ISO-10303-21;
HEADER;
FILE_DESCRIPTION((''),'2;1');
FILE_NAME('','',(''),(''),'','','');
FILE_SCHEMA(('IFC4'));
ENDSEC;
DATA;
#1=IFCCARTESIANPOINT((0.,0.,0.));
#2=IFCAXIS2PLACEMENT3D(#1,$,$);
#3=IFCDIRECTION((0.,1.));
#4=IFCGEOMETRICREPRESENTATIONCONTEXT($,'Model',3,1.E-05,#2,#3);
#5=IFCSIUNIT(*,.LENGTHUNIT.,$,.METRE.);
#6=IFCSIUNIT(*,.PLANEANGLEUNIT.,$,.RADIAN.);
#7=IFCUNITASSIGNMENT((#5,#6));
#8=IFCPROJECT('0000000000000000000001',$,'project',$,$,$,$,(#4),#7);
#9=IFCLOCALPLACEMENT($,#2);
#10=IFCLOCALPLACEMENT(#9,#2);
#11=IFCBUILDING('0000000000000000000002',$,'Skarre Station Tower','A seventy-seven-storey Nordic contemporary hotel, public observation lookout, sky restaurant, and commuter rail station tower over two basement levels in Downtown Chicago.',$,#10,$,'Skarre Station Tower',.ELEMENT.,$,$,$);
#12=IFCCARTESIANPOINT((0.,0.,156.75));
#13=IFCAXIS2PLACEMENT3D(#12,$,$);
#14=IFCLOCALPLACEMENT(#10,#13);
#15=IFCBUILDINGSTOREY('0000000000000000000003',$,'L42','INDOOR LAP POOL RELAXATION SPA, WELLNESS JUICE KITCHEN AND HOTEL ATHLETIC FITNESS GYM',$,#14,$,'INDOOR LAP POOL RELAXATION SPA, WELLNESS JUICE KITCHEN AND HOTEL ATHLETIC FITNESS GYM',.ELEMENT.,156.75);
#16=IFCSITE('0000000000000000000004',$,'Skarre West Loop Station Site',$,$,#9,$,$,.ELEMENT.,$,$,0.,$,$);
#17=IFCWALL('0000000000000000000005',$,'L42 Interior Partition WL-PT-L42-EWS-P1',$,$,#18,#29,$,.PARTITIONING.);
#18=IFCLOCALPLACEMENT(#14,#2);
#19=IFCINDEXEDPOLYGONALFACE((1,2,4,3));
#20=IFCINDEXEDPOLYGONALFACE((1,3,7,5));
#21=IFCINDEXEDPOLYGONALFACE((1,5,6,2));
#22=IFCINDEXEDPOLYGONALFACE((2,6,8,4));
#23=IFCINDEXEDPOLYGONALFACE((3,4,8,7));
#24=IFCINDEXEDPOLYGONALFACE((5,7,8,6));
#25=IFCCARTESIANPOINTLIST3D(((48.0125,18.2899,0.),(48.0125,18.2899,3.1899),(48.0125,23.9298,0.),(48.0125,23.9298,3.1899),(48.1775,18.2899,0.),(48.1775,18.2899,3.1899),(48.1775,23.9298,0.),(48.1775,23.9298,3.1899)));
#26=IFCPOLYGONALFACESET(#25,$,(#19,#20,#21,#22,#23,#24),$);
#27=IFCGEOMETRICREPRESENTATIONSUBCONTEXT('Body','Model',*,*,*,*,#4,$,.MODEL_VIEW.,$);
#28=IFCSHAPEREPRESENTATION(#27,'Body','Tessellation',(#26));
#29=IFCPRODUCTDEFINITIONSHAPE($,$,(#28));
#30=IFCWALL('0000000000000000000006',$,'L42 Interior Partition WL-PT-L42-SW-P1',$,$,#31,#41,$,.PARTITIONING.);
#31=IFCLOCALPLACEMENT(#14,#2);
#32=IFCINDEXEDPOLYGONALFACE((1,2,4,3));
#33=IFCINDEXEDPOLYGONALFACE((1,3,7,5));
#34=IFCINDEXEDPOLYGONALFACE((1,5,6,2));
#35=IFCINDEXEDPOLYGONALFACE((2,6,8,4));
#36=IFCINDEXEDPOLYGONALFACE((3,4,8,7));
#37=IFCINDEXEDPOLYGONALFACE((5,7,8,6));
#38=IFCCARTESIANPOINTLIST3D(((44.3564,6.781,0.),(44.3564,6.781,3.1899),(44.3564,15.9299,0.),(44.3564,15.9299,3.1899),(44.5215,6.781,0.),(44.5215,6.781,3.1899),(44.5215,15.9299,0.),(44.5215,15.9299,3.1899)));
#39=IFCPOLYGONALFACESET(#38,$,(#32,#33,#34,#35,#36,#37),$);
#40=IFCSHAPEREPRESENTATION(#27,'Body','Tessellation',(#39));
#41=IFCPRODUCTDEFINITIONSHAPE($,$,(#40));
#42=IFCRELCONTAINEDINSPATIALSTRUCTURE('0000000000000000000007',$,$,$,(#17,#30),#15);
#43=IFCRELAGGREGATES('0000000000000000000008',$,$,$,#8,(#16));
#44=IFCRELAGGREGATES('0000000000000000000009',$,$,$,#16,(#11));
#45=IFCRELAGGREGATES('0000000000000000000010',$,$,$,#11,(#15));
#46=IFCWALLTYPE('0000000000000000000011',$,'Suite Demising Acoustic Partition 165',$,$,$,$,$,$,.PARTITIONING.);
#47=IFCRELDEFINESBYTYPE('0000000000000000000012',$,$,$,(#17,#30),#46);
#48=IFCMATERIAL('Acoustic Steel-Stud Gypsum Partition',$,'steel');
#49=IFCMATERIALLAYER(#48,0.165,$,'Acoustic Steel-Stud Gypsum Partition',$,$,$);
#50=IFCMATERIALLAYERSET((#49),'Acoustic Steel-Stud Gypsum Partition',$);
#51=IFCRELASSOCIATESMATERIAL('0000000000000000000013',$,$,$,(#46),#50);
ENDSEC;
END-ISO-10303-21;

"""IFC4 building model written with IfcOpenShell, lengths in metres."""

from ifc_helpers import new_model, si_unit, direction, frame, frame_2d, origin, place, context, subcontext, project, spatial, rectangle, extrude, material, layer, layer_set, type_object, element, save


model = new_model("IFC4")

# Units and contexts
model_context = context("Model", 3, precision=1e-05, world=origin(), true_north=direction((0.0, 1.0)))
body_context = subcontext(model_context, "Body", "Model", "MODEL_VIEW")
ifc_project = project(units=[si_unit("LENGTHUNIT", "METRE"), si_unit("PLANEANGLEUNIT", "RADIAN")], contexts=[model_context])

# Site, building, storey
site_placement = place(None, origin())
site = spatial("IfcSite", under=ifc_project, at=site_placement, Name="Skarre West Loop Station Site", CompositionType="ELEMENT", RefElevation=0.0)
building_placement = place(site_placement, origin())
building = spatial("IfcBuilding", under=site, at=building_placement, Name="Skarre Station Tower", Description="A seventy-seven-storey Nordic contemporary hotel, public observation lookout, sky restaurant, and commuter rail station tower over two basement levels in Downtown Chicago.", LongName="Skarre Station Tower", CompositionType="ELEMENT")
storey_placement = place(building_placement, frame((0.0, 0.0, 156.75)))
storey = spatial("IfcBuildingStorey", under=building, at=storey_placement, Name="L42", Description="INDOOR LAP POOL RELAXATION SPA, WELLNESS JUICE KITCHEN AND HOTEL ATHLETIC FITNESS GYM", LongName="INDOOR LAP POOL RELAXATION SPA, WELLNESS JUICE KITCHEN AND HOTEL ATHLETIC FITNESS GYM", CompositionType="ELEMENT", Elevation=156.75)

# Shared definitions
ifc_material_1 = material(Name="Acoustic Steel-Stud Gypsum Partition", Category="steel")

# Walls
ifc_layer_1 = layer(ifc_material_1, 0.165, Name="Acoustic Steel-Stud Gypsum Partition")
ifc_layer_set_1 = layer_set([ifc_layer_1], Name="Acoustic Steel-Stud Gypsum Partition")
wall_type_1 = type_object("IfcWallType", Name="Suite Demising Acoustic Partition 165", PredefinedType="PARTITIONING", material=ifc_layer_set_1)
for number, where, z_axis, x_axis, name in (
    (1, (48.095, 18.29, 0.0), (0.0, 0.0, 1.0), (0.0, 1.0, 0.0), "L42 Interior Partition WL-PT-L42-EWS-P1"),
):
    element("IfcWall", number, at=place(storey_placement, frame(where, z_axis=z_axis, x_axis=x_axis)), inside=storey, type_object=wall_type_1, Name=name, PredefinedType="PARTITIONING", context=body_context, shape_type="SweptSolid", body=[
        extrude(rectangle(XDim=5.6399, YDim=0.165, at=frame_2d((2.8198, 0.0))), origin(), (0.0, 0.0, 1.0), 3.1899),
    ])
wall_1_placement = place(storey_placement, frame((44.439, 6.781, 0.0), z_axis=(0.0, 0.0, 1.0), x_axis=(0.0, 1.0, 0.0)))
element("IfcWall", 2, at=wall_1_placement, inside=storey, type_object=wall_type_1, Name="L42 Interior Partition WL-PT-L42-SW-P1", PredefinedType="PARTITIONING", context=body_context, shape_type="SweptSolid", body=[
    extrude(rectangle(XDim=9.1489, YDim=0.165, at=frame_2d((4.5745, 0.0))), origin(), (0.0, 0.0, 1.0), 3.1899),
])

save(model, "model.ifc")
